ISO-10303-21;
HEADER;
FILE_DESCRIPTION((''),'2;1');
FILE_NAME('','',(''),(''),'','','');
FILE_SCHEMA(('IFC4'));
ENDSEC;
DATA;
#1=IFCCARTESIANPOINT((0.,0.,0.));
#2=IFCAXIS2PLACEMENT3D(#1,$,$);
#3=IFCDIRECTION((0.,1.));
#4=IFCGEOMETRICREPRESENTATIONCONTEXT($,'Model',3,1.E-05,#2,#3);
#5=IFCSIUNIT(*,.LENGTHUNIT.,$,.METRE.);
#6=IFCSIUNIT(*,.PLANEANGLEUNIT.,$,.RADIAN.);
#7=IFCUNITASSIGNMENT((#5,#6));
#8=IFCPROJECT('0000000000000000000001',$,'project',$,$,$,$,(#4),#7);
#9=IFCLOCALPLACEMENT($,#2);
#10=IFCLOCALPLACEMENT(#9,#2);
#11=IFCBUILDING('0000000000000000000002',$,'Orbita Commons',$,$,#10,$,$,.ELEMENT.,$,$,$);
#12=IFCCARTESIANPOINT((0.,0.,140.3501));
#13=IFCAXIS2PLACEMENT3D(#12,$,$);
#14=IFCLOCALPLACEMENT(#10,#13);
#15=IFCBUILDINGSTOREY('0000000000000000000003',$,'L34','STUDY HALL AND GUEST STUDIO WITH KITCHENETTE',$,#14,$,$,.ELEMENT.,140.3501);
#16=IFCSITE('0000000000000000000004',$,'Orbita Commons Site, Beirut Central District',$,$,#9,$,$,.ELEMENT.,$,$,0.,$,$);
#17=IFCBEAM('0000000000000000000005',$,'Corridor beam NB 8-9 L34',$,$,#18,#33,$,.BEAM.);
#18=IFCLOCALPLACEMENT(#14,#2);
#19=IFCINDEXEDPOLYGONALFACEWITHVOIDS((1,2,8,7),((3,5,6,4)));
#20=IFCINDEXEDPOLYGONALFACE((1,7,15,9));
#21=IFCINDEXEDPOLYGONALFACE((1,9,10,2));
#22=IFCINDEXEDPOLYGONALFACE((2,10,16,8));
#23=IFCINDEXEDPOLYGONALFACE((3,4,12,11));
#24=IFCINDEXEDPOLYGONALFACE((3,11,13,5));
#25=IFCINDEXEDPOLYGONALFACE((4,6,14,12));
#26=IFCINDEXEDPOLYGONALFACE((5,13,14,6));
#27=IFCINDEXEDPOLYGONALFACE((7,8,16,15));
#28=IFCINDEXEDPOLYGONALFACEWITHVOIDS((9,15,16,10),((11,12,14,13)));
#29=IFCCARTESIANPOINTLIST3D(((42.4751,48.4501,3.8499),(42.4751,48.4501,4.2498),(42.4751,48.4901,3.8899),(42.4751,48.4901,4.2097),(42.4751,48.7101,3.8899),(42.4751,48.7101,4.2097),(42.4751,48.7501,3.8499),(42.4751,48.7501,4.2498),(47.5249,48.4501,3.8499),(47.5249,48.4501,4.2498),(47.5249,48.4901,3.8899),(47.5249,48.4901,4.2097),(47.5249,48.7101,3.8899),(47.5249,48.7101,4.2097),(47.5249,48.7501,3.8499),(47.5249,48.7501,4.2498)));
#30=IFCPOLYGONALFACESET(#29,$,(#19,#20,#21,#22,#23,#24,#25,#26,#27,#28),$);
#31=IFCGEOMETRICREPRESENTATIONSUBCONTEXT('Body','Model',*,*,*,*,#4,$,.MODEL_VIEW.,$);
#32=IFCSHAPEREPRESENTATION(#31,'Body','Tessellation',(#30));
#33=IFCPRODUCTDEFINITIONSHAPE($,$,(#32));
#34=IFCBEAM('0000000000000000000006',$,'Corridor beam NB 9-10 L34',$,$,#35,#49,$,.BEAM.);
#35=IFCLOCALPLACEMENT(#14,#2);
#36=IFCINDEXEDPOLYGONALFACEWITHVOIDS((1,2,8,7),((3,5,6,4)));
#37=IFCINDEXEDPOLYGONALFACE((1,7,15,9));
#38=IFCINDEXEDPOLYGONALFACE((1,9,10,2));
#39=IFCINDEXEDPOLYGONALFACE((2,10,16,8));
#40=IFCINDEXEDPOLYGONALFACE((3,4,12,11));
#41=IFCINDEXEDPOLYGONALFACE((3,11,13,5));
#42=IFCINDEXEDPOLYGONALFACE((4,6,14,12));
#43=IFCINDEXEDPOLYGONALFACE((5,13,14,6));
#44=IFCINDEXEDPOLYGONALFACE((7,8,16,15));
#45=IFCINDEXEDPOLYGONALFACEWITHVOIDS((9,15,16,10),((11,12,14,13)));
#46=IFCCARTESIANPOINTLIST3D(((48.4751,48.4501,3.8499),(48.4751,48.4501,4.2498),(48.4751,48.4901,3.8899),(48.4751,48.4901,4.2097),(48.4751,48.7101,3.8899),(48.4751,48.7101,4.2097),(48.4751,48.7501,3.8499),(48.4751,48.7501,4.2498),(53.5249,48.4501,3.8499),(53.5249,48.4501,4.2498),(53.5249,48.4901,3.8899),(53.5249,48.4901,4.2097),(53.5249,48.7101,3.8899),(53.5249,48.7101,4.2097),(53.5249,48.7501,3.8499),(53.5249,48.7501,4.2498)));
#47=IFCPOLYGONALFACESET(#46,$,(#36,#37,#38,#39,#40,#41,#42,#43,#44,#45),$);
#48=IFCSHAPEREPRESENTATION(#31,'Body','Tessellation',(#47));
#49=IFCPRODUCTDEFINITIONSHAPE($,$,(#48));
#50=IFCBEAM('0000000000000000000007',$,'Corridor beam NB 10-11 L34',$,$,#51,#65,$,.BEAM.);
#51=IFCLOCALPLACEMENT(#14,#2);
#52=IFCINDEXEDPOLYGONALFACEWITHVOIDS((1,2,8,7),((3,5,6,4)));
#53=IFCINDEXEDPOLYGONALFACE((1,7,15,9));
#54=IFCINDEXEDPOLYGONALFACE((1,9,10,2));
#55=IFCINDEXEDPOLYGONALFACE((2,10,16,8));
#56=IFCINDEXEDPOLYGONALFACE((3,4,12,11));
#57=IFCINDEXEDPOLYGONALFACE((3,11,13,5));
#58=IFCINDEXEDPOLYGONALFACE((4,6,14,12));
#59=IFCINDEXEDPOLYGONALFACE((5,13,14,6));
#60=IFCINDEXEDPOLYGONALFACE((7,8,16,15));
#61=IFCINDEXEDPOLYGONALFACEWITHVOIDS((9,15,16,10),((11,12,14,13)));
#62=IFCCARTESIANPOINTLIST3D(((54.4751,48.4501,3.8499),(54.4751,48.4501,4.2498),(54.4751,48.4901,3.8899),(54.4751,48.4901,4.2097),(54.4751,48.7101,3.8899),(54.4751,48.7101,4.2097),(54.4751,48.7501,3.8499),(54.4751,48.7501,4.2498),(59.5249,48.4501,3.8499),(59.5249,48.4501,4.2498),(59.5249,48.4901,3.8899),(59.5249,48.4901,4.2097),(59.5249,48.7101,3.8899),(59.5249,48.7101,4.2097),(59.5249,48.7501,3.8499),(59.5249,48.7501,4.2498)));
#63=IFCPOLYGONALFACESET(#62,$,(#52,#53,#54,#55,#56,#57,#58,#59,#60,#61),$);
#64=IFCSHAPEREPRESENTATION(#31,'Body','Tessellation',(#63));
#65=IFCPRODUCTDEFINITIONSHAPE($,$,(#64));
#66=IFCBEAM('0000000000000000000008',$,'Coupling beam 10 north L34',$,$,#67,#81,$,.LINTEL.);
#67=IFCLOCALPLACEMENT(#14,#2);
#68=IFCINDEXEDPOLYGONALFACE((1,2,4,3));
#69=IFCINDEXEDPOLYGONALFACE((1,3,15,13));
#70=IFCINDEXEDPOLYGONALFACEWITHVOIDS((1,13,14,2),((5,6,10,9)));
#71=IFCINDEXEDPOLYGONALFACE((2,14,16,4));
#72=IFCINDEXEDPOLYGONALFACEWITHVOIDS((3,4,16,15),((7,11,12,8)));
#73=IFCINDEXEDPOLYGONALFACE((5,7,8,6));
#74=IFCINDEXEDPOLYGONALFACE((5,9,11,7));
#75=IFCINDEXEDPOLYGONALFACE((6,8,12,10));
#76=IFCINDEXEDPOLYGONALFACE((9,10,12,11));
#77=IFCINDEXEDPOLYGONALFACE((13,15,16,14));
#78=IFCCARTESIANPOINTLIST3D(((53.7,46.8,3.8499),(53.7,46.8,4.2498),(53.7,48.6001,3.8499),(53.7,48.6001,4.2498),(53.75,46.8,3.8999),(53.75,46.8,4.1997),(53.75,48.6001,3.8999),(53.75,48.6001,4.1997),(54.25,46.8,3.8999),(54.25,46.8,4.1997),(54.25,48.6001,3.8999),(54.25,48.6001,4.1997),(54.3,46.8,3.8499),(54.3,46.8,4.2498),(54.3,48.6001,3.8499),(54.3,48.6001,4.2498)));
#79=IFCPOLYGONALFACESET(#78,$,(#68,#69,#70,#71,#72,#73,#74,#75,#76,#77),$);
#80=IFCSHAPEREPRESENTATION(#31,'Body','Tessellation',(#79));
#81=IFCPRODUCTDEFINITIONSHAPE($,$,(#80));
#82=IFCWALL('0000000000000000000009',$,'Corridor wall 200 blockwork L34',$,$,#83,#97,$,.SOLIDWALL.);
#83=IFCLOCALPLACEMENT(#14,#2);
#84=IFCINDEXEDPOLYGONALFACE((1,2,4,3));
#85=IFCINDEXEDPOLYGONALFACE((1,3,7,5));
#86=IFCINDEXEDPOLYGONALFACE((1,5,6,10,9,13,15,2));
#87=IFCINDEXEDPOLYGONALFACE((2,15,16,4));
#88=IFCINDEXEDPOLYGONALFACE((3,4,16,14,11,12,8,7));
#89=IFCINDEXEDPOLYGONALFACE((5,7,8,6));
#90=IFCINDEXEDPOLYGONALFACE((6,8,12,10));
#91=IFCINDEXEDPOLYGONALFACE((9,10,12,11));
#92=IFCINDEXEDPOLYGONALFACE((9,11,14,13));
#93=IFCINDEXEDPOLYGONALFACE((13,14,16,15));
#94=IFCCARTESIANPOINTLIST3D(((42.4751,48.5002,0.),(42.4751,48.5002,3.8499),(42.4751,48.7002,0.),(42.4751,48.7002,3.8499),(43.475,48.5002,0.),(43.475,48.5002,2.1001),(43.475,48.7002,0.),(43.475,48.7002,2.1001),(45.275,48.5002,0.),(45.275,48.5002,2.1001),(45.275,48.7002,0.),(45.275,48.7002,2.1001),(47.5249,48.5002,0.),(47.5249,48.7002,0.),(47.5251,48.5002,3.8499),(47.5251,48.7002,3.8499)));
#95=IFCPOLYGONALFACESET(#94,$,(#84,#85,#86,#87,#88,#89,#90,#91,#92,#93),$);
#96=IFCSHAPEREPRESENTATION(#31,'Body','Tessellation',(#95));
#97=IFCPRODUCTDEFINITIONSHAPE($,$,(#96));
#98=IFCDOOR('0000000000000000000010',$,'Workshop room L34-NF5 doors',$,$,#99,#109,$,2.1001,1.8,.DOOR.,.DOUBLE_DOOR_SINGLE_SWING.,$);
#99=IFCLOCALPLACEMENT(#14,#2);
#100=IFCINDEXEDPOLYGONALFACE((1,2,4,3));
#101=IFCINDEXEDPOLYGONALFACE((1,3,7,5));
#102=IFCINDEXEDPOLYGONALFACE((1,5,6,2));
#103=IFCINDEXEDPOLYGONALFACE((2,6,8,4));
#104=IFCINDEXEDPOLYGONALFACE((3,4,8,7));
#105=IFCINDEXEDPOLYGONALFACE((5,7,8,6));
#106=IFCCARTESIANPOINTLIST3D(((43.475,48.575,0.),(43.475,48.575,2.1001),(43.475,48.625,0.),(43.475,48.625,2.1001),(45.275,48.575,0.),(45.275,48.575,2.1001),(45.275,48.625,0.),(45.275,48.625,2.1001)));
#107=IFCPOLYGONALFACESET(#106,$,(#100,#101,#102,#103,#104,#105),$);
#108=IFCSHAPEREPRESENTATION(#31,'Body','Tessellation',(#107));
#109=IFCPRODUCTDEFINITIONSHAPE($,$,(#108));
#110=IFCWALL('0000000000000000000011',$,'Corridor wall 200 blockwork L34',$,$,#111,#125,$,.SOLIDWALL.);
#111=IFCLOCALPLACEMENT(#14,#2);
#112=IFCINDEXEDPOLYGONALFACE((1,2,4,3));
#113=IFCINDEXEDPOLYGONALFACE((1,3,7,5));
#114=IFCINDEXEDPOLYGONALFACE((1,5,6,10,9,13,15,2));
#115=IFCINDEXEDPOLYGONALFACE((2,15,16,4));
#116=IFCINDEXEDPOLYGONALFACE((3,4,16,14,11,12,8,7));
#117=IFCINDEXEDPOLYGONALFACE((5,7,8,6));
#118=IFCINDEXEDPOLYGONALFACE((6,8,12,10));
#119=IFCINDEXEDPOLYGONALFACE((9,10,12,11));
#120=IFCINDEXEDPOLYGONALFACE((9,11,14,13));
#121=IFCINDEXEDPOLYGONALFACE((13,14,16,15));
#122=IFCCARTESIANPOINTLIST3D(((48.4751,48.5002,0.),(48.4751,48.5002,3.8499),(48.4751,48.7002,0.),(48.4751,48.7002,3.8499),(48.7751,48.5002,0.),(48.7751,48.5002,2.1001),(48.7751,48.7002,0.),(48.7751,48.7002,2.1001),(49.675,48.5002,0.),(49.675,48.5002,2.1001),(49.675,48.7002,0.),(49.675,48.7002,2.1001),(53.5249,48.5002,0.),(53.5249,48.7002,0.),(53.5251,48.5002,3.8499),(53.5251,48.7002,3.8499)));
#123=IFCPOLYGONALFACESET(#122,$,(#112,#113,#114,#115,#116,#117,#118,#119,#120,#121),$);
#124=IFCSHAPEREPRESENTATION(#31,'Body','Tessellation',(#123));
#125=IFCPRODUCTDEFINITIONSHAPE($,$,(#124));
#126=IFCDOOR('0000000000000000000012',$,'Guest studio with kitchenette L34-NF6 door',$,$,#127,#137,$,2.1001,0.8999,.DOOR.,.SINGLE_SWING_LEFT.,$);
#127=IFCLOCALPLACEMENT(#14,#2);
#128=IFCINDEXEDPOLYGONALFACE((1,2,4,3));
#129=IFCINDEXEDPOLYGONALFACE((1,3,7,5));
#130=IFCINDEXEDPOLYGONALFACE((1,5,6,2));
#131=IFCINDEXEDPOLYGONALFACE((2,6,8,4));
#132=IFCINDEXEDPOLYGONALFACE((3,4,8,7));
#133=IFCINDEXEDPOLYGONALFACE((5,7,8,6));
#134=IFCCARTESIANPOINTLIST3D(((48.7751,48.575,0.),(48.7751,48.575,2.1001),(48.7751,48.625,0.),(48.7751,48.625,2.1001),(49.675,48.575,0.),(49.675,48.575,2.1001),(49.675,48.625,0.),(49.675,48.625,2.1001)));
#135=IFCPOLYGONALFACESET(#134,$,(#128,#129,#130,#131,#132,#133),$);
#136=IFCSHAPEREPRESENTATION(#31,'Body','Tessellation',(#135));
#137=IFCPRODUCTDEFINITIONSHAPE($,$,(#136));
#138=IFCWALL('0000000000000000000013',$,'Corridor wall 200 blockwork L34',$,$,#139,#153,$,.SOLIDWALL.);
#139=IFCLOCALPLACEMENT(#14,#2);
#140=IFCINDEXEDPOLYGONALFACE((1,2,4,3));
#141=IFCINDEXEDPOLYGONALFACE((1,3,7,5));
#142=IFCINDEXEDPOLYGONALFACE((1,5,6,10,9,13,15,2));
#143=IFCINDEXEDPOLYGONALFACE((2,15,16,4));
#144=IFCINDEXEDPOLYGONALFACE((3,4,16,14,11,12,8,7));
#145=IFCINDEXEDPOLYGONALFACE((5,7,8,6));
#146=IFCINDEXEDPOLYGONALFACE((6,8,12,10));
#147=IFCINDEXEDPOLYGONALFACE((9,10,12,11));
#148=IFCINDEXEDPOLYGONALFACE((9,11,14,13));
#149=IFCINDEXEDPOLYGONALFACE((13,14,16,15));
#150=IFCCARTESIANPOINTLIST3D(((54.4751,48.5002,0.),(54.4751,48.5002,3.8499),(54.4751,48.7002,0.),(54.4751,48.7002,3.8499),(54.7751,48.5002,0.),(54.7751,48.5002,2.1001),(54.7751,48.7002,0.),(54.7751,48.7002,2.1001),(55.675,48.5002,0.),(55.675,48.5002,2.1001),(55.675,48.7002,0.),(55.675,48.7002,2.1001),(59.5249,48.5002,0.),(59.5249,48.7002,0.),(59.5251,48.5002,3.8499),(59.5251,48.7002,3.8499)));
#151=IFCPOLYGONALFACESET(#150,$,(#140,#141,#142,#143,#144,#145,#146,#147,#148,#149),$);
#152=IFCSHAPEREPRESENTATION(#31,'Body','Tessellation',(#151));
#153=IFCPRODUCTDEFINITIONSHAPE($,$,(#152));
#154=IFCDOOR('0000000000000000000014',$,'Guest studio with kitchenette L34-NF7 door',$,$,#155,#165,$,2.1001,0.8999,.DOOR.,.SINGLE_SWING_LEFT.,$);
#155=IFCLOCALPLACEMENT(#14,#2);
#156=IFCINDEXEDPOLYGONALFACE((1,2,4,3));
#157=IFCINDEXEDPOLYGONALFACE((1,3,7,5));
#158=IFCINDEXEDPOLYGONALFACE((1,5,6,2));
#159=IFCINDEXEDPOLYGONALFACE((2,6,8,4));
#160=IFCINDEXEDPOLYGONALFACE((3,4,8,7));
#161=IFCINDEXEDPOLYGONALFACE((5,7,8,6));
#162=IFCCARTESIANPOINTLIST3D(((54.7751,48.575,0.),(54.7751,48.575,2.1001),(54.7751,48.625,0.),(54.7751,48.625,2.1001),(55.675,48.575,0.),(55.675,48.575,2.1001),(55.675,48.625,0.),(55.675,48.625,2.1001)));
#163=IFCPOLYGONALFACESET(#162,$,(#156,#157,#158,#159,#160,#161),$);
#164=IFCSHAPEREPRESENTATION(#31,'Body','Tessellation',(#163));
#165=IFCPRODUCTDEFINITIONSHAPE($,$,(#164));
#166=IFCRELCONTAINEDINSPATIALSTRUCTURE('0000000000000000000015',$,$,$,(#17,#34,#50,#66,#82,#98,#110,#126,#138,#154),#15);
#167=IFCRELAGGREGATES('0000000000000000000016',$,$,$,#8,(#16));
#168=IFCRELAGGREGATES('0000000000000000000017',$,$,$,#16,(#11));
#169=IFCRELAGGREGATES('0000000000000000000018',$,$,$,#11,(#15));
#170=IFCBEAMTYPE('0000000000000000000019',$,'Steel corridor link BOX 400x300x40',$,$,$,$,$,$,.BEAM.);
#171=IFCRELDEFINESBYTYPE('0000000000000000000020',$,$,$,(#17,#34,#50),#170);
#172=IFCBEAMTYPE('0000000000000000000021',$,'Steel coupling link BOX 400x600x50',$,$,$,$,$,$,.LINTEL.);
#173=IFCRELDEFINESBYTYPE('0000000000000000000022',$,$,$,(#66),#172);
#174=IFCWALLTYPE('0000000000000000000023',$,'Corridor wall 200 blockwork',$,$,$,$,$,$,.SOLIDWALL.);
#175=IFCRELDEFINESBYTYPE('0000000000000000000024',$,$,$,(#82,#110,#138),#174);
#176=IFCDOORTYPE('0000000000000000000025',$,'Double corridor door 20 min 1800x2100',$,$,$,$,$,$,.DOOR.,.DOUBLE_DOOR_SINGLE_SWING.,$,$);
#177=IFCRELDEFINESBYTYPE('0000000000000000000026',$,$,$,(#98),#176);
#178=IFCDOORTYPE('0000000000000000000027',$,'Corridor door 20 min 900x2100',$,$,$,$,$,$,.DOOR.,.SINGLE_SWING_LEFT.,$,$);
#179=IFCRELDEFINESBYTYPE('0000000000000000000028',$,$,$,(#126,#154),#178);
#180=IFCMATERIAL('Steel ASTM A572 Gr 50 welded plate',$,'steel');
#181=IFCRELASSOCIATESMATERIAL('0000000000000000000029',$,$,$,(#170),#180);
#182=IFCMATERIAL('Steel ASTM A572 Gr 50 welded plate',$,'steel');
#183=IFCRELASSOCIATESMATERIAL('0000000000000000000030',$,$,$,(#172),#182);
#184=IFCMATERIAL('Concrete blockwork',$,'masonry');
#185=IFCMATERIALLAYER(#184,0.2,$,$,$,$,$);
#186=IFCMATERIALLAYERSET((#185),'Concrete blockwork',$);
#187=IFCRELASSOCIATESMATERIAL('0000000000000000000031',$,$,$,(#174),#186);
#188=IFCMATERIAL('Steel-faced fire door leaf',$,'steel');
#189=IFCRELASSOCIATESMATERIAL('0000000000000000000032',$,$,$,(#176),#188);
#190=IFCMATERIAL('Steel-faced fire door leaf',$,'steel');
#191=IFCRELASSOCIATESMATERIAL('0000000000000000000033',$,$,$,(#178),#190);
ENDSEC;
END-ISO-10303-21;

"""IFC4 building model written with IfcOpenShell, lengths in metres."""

from ifc_helpers import new_model, si_unit, direction, frame, frame_2d, origin, origin_2d, place, context, subcontext, project, spatial, polyline, rectangle, hollow_rectangle, outline, extrude, material, layer, layer_set, material_profile, profile_set, type_object, element, fill, save


model = new_model("IFC4")

# Units and contexts
model_context = context("Model", 3, precision=1e-05, world=origin(), true_north=direction((0.0, 1.0)))
body_context = subcontext(model_context, "Body", "Model", "MODEL_VIEW")
ifc_project = project(units=[si_unit("LENGTHUNIT", "METRE"), si_unit("PLANEANGLEUNIT", "RADIAN")], contexts=[model_context])

# Site, building, storey
site_placement = place(None, origin())
site = spatial("IfcSite", under=ifc_project, at=site_placement, Name="Orbita Commons Site, Beirut Central District", CompositionType="ELEMENT", RefElevation=0.0)
building_placement = place(site_placement, origin())
building = spatial("IfcBuilding", under=site, at=building_placement, Name="Orbita Commons", CompositionType="ELEMENT")
storey_placement = place(building_placement, frame((0.0, 0.0, 140.3501)))
storey = spatial("IfcBuildingStorey", under=building, at=storey_placement, Name="L34", Description="STUDY HALL AND GUEST STUDIO WITH KITCHENETTE", CompositionType="ELEMENT", Elevation=140.3501)

# Beams
ifc_material_1 = material(Name="Steel ASTM A572 Gr 50 welded plate", Category="steel")
ifc_material_profile_1 = material_profile(ifc_material_1, hollow_rectangle(XDim=0.3, YDim=0.3999, WallThickness=0.04, at=origin_2d()), Name="BOX 400x300x40")
ifc_profile_set_1 = profile_set([ifc_material_profile_1], Name="Steel ASTM A572 Gr 50 welded plate")
beam_type_1 = type_object("IfcBeamType", Name="Steel corridor link BOX 400x300x40", PredefinedType="BEAM", material=ifc_profile_set_1)
for number, where, z_axis, x_axis, name in (
    (1, (42.4751, 48.6001, 4.0498), (1.0, 0.0, 0.0), (0.0, 1.0, 0.0), "Corridor beam NB 8-9 L34"),
    (2, (48.4751, 48.6001, 4.0498), (1.0, 0.0, 0.0), (0.0, 1.0, 0.0), "Corridor beam NB 9-10 L34"),
    (3, (54.4751, 48.6001, 4.0498), (1.0, 0.0, 0.0), (0.0, 1.0, 0.0), "Corridor beam NB 10-11 L34"),
):
    element("IfcBeam", number, at=place(storey_placement, frame(where, z_axis=z_axis, x_axis=x_axis)), inside=storey, type_object=beam_type_1, Name=name, PredefinedType="BEAM", context=body_context, shape_type="SweptSolid", body=[
        extrude(hollow_rectangle(XDim=0.3, YDim=0.3999, WallThickness=0.04, at=origin_2d()), origin(), (0.0, 0.0, 1.0), 5.0498),
    ])
ifc_material_2 = material(Name="Steel ASTM A572 Gr 50 welded plate", Category="steel")
ifc_material_profile_2 = material_profile(ifc_material_2, hollow_rectangle(XDim=0.6001, YDim=0.3999, WallThickness=0.05, at=origin_2d()), Name="BOX 400x600x50")
ifc_profile_set_2 = profile_set([ifc_material_profile_2], Name="Steel ASTM A572 Gr 50 welded plate")
beam_type_2 = type_object("IfcBeamType", Name="Steel coupling link BOX 400x600x50", PredefinedType="LINTEL", material=ifc_profile_set_2)
beam_placement = place(storey_placement, frame((54.0, 46.8, 4.0498), z_axis=(0.0, 1.0, 0.0), x_axis=(-1.0, 0.0, 0.0)))
element("IfcBeam", 4, at=beam_placement, inside=storey, type_object=beam_type_2, Name="Coupling beam 10 north L34", PredefinedType="LINTEL", context=body_context, shape_type="SweptSolid", body=[
    extrude(hollow_rectangle(XDim=0.6001, YDim=0.3999, WallThickness=0.05, at=origin_2d()), origin(), (0.0, 0.0, 1.0), 1.8),
])

# Walls, openings, doors
ifc_material_3 = material(Name="Concrete blockwork", Category="masonry")
ifc_layer_1 = layer(ifc_material_3, 0.2)
ifc_layer_set_1 = layer_set([ifc_layer_1], Name="Concrete blockwork")
wall_type_1 = type_object("IfcWallType", Name="Corridor wall 200 blockwork", PredefinedType="SOLIDWALL", material=ifc_layer_set_1)
wall_1_placement = place(storey_placement, frame((42.4751, 48.6001, 0.0), z_axis=(0.0, 0.0, 1.0), x_axis=(1.0, 0.0, 0.0)))
wall_1 = element("IfcWall", 5, at=wall_1_placement, inside=storey, type_object=wall_type_1, Name="Corridor wall 200 blockwork L34", PredefinedType="SOLIDWALL", context=body_context, shape_type="SweptSolid", body=[
    extrude(outline(polyline([(0.0, 0.0), (5.0498, 0.0), (5.05, 3.8499), (0.0, 3.8499), (0.0, 0.0)])), frame((0.0, 0.1001, 0.0), z_axis=(0.0, -1.0, 0.0), x_axis=(1.0, 0.0, 0.0)), (0.0, 0.0, 1.0), 0.2),
])
opening_1_placement = place(wall_1_placement, frame((1.0, 0.0, 0.0)))
opening_1 = element("IfcOpeningElement", 6, at=opening_1_placement, cuts=wall_1, PredefinedType="OPENING", context=body_context, shape_type="SweptSolid", body=[
    extrude(rectangle(XDim=1.8, YDim=2.1001, at=frame_2d((0.8999, 1.05))), frame((0.0, 0.1099, 0.0), z_axis=(0.0, -1.0, 0.0), x_axis=(1.0, 0.0, 0.0)), (0.0, 0.0, 1.0), 0.22),
])
ifc_material_4 = material(Name="Steel-faced fire door leaf", Category="steel")
door_type_1 = type_object("IfcDoorType", Name="Double corridor door 20 min 1800x2100", OperationType="DOUBLE_DOOR_SINGLE_SWING", PredefinedType="DOOR", material=ifc_material_4)
door_1_placement = place(opening_1_placement, origin())
door_1 = element("IfcDoor", 7, at=door_1_placement, inside=storey, type_object=door_type_1, Name="Workshop room L34-NF5 doors", OperationType="DOUBLE_DOOR_SINGLE_SWING", OverallHeight=2.1001, OverallWidth=1.8, PredefinedType="DOOR", context=body_context, shape_type="SweptSolid", body=[
    extrude(rectangle(XDim=1.8, YDim=2.1001, at=frame_2d((0.8999, 1.05))), frame((0.0, 0.0249, 0.0), z_axis=(0.0, -1.0, 0.0), x_axis=(1.0, 0.0, 0.0)), (0.0, 0.0, 1.0), 0.05),
])
fill(opening_1, door_1)
wall_2_placement = place(storey_placement, frame((48.4751, 48.6001, 0.0), z_axis=(0.0, 0.0, 1.0), x_axis=(1.0, 0.0, 0.0)))
wall_2 = element("IfcWall", 8, at=wall_2_placement, inside=storey, type_object=wall_type_1, Name="Corridor wall 200 blockwork L34", PredefinedType="SOLIDWALL", context=body_context, shape_type="SweptSolid", body=[
    extrude(outline(polyline([(0.0, 0.0), (5.0498, 0.0), (5.05, 3.8499), (0.0, 3.8499), (0.0, 0.0)])), frame((0.0, 0.1001, 0.0), z_axis=(0.0, -1.0, 0.0), x_axis=(1.0, 0.0, 0.0)), (0.0, 0.0, 1.0), 0.2),
])
opening_2_placement = place(wall_2_placement, frame((0.3, 0.0, 0.0)))
opening_2 = element("IfcOpeningElement", 9, at=opening_2_placement, cuts=wall_2, PredefinedType="OPENING", context=body_context, shape_type="SweptSolid", body=[
    extrude(rectangle(XDim=0.8999, YDim=2.1001, at=frame_2d((0.45, 1.05))), frame((0.0, 0.1099, 0.0), z_axis=(0.0, -1.0, 0.0), x_axis=(1.0, 0.0, 0.0)), (0.0, 0.0, 1.0), 0.22),
])
ifc_material_5 = material(Name="Steel-faced fire door leaf", Category="steel")
door_type_2 = type_object("IfcDoorType", Name="Corridor door 20 min 900x2100", OperationType="SINGLE_SWING_LEFT", PredefinedType="DOOR", material=ifc_material_5)
door_2_placement = place(opening_2_placement, origin())
door_2 = element("IfcDoor", 10, at=door_2_placement, inside=storey, type_object=door_type_2, Name="Guest studio with kitchenette L34-NF6 door", OperationType="SINGLE_SWING_LEFT", OverallHeight=2.1001, OverallWidth=0.8999, PredefinedType="DOOR", context=body_context, shape_type="SweptSolid", body=[
    extrude(rectangle(XDim=0.8999, YDim=2.1001, at=frame_2d((0.45, 1.05))), frame((0.0, 0.0249, 0.0), z_axis=(0.0, -1.0, 0.0), x_axis=(1.0, 0.0, 0.0)), (0.0, 0.0, 1.0), 0.05),
])
fill(opening_2, door_2)
wall_3_placement = place(storey_placement, frame((54.4751, 48.6001, 0.0), z_axis=(0.0, 0.0, 1.0), x_axis=(1.0, 0.0, 0.0)))
wall_3 = element("IfcWall", 11, at=wall_3_placement, inside=storey, type_object=wall_type_1, Name="Corridor wall 200 blockwork L34", PredefinedType="SOLIDWALL", context=body_context, shape_type="SweptSolid", body=[
    extrude(outline(polyline([(0.0, 0.0), (5.0498, 0.0), (5.05, 3.8499), (0.0, 3.8499), (0.0, 0.0)])), frame((0.0, 0.1001, 0.0), z_axis=(0.0, -1.0, 0.0), x_axis=(1.0, 0.0, 0.0)), (0.0, 0.0, 1.0), 0.2),
])
opening_3_placement = place(wall_3_placement, frame((0.3, 0.0, 0.0)))
opening_3 = element("IfcOpeningElement", 12, at=opening_3_placement, cuts=wall_3, PredefinedType="OPENING", context=body_context, shape_type="SweptSolid", body=[
    extrude(rectangle(XDim=0.8999, YDim=2.1001, at=frame_2d((0.45, 1.05))), frame((0.0, 0.1099, 0.0), z_axis=(0.0, -1.0, 0.0), x_axis=(1.0, 0.0, 0.0)), (0.0, 0.0, 1.0), 0.22),
])
door_3_placement = place(opening_3_placement, origin())
door_3 = element("IfcDoor", 13, at=door_3_placement, inside=storey, type_object=door_type_2, Name="Guest studio with kitchenette L34-NF7 door", OperationType="SINGLE_SWING_LEFT", OverallHeight=2.1001, OverallWidth=0.8999, PredefinedType="DOOR", context=body_context, shape_type="SweptSolid", body=[
    extrude(rectangle(XDim=0.8999, YDim=2.1001, at=frame_2d((0.45, 1.05))), frame((0.0, 0.0249, 0.0), z_axis=(0.0, -1.0, 0.0), x_axis=(1.0, 0.0, 0.0)), (0.0, 0.0, 1.0), 0.05),
])
fill(opening_3, door_3)

save(model, "model.ifc")
